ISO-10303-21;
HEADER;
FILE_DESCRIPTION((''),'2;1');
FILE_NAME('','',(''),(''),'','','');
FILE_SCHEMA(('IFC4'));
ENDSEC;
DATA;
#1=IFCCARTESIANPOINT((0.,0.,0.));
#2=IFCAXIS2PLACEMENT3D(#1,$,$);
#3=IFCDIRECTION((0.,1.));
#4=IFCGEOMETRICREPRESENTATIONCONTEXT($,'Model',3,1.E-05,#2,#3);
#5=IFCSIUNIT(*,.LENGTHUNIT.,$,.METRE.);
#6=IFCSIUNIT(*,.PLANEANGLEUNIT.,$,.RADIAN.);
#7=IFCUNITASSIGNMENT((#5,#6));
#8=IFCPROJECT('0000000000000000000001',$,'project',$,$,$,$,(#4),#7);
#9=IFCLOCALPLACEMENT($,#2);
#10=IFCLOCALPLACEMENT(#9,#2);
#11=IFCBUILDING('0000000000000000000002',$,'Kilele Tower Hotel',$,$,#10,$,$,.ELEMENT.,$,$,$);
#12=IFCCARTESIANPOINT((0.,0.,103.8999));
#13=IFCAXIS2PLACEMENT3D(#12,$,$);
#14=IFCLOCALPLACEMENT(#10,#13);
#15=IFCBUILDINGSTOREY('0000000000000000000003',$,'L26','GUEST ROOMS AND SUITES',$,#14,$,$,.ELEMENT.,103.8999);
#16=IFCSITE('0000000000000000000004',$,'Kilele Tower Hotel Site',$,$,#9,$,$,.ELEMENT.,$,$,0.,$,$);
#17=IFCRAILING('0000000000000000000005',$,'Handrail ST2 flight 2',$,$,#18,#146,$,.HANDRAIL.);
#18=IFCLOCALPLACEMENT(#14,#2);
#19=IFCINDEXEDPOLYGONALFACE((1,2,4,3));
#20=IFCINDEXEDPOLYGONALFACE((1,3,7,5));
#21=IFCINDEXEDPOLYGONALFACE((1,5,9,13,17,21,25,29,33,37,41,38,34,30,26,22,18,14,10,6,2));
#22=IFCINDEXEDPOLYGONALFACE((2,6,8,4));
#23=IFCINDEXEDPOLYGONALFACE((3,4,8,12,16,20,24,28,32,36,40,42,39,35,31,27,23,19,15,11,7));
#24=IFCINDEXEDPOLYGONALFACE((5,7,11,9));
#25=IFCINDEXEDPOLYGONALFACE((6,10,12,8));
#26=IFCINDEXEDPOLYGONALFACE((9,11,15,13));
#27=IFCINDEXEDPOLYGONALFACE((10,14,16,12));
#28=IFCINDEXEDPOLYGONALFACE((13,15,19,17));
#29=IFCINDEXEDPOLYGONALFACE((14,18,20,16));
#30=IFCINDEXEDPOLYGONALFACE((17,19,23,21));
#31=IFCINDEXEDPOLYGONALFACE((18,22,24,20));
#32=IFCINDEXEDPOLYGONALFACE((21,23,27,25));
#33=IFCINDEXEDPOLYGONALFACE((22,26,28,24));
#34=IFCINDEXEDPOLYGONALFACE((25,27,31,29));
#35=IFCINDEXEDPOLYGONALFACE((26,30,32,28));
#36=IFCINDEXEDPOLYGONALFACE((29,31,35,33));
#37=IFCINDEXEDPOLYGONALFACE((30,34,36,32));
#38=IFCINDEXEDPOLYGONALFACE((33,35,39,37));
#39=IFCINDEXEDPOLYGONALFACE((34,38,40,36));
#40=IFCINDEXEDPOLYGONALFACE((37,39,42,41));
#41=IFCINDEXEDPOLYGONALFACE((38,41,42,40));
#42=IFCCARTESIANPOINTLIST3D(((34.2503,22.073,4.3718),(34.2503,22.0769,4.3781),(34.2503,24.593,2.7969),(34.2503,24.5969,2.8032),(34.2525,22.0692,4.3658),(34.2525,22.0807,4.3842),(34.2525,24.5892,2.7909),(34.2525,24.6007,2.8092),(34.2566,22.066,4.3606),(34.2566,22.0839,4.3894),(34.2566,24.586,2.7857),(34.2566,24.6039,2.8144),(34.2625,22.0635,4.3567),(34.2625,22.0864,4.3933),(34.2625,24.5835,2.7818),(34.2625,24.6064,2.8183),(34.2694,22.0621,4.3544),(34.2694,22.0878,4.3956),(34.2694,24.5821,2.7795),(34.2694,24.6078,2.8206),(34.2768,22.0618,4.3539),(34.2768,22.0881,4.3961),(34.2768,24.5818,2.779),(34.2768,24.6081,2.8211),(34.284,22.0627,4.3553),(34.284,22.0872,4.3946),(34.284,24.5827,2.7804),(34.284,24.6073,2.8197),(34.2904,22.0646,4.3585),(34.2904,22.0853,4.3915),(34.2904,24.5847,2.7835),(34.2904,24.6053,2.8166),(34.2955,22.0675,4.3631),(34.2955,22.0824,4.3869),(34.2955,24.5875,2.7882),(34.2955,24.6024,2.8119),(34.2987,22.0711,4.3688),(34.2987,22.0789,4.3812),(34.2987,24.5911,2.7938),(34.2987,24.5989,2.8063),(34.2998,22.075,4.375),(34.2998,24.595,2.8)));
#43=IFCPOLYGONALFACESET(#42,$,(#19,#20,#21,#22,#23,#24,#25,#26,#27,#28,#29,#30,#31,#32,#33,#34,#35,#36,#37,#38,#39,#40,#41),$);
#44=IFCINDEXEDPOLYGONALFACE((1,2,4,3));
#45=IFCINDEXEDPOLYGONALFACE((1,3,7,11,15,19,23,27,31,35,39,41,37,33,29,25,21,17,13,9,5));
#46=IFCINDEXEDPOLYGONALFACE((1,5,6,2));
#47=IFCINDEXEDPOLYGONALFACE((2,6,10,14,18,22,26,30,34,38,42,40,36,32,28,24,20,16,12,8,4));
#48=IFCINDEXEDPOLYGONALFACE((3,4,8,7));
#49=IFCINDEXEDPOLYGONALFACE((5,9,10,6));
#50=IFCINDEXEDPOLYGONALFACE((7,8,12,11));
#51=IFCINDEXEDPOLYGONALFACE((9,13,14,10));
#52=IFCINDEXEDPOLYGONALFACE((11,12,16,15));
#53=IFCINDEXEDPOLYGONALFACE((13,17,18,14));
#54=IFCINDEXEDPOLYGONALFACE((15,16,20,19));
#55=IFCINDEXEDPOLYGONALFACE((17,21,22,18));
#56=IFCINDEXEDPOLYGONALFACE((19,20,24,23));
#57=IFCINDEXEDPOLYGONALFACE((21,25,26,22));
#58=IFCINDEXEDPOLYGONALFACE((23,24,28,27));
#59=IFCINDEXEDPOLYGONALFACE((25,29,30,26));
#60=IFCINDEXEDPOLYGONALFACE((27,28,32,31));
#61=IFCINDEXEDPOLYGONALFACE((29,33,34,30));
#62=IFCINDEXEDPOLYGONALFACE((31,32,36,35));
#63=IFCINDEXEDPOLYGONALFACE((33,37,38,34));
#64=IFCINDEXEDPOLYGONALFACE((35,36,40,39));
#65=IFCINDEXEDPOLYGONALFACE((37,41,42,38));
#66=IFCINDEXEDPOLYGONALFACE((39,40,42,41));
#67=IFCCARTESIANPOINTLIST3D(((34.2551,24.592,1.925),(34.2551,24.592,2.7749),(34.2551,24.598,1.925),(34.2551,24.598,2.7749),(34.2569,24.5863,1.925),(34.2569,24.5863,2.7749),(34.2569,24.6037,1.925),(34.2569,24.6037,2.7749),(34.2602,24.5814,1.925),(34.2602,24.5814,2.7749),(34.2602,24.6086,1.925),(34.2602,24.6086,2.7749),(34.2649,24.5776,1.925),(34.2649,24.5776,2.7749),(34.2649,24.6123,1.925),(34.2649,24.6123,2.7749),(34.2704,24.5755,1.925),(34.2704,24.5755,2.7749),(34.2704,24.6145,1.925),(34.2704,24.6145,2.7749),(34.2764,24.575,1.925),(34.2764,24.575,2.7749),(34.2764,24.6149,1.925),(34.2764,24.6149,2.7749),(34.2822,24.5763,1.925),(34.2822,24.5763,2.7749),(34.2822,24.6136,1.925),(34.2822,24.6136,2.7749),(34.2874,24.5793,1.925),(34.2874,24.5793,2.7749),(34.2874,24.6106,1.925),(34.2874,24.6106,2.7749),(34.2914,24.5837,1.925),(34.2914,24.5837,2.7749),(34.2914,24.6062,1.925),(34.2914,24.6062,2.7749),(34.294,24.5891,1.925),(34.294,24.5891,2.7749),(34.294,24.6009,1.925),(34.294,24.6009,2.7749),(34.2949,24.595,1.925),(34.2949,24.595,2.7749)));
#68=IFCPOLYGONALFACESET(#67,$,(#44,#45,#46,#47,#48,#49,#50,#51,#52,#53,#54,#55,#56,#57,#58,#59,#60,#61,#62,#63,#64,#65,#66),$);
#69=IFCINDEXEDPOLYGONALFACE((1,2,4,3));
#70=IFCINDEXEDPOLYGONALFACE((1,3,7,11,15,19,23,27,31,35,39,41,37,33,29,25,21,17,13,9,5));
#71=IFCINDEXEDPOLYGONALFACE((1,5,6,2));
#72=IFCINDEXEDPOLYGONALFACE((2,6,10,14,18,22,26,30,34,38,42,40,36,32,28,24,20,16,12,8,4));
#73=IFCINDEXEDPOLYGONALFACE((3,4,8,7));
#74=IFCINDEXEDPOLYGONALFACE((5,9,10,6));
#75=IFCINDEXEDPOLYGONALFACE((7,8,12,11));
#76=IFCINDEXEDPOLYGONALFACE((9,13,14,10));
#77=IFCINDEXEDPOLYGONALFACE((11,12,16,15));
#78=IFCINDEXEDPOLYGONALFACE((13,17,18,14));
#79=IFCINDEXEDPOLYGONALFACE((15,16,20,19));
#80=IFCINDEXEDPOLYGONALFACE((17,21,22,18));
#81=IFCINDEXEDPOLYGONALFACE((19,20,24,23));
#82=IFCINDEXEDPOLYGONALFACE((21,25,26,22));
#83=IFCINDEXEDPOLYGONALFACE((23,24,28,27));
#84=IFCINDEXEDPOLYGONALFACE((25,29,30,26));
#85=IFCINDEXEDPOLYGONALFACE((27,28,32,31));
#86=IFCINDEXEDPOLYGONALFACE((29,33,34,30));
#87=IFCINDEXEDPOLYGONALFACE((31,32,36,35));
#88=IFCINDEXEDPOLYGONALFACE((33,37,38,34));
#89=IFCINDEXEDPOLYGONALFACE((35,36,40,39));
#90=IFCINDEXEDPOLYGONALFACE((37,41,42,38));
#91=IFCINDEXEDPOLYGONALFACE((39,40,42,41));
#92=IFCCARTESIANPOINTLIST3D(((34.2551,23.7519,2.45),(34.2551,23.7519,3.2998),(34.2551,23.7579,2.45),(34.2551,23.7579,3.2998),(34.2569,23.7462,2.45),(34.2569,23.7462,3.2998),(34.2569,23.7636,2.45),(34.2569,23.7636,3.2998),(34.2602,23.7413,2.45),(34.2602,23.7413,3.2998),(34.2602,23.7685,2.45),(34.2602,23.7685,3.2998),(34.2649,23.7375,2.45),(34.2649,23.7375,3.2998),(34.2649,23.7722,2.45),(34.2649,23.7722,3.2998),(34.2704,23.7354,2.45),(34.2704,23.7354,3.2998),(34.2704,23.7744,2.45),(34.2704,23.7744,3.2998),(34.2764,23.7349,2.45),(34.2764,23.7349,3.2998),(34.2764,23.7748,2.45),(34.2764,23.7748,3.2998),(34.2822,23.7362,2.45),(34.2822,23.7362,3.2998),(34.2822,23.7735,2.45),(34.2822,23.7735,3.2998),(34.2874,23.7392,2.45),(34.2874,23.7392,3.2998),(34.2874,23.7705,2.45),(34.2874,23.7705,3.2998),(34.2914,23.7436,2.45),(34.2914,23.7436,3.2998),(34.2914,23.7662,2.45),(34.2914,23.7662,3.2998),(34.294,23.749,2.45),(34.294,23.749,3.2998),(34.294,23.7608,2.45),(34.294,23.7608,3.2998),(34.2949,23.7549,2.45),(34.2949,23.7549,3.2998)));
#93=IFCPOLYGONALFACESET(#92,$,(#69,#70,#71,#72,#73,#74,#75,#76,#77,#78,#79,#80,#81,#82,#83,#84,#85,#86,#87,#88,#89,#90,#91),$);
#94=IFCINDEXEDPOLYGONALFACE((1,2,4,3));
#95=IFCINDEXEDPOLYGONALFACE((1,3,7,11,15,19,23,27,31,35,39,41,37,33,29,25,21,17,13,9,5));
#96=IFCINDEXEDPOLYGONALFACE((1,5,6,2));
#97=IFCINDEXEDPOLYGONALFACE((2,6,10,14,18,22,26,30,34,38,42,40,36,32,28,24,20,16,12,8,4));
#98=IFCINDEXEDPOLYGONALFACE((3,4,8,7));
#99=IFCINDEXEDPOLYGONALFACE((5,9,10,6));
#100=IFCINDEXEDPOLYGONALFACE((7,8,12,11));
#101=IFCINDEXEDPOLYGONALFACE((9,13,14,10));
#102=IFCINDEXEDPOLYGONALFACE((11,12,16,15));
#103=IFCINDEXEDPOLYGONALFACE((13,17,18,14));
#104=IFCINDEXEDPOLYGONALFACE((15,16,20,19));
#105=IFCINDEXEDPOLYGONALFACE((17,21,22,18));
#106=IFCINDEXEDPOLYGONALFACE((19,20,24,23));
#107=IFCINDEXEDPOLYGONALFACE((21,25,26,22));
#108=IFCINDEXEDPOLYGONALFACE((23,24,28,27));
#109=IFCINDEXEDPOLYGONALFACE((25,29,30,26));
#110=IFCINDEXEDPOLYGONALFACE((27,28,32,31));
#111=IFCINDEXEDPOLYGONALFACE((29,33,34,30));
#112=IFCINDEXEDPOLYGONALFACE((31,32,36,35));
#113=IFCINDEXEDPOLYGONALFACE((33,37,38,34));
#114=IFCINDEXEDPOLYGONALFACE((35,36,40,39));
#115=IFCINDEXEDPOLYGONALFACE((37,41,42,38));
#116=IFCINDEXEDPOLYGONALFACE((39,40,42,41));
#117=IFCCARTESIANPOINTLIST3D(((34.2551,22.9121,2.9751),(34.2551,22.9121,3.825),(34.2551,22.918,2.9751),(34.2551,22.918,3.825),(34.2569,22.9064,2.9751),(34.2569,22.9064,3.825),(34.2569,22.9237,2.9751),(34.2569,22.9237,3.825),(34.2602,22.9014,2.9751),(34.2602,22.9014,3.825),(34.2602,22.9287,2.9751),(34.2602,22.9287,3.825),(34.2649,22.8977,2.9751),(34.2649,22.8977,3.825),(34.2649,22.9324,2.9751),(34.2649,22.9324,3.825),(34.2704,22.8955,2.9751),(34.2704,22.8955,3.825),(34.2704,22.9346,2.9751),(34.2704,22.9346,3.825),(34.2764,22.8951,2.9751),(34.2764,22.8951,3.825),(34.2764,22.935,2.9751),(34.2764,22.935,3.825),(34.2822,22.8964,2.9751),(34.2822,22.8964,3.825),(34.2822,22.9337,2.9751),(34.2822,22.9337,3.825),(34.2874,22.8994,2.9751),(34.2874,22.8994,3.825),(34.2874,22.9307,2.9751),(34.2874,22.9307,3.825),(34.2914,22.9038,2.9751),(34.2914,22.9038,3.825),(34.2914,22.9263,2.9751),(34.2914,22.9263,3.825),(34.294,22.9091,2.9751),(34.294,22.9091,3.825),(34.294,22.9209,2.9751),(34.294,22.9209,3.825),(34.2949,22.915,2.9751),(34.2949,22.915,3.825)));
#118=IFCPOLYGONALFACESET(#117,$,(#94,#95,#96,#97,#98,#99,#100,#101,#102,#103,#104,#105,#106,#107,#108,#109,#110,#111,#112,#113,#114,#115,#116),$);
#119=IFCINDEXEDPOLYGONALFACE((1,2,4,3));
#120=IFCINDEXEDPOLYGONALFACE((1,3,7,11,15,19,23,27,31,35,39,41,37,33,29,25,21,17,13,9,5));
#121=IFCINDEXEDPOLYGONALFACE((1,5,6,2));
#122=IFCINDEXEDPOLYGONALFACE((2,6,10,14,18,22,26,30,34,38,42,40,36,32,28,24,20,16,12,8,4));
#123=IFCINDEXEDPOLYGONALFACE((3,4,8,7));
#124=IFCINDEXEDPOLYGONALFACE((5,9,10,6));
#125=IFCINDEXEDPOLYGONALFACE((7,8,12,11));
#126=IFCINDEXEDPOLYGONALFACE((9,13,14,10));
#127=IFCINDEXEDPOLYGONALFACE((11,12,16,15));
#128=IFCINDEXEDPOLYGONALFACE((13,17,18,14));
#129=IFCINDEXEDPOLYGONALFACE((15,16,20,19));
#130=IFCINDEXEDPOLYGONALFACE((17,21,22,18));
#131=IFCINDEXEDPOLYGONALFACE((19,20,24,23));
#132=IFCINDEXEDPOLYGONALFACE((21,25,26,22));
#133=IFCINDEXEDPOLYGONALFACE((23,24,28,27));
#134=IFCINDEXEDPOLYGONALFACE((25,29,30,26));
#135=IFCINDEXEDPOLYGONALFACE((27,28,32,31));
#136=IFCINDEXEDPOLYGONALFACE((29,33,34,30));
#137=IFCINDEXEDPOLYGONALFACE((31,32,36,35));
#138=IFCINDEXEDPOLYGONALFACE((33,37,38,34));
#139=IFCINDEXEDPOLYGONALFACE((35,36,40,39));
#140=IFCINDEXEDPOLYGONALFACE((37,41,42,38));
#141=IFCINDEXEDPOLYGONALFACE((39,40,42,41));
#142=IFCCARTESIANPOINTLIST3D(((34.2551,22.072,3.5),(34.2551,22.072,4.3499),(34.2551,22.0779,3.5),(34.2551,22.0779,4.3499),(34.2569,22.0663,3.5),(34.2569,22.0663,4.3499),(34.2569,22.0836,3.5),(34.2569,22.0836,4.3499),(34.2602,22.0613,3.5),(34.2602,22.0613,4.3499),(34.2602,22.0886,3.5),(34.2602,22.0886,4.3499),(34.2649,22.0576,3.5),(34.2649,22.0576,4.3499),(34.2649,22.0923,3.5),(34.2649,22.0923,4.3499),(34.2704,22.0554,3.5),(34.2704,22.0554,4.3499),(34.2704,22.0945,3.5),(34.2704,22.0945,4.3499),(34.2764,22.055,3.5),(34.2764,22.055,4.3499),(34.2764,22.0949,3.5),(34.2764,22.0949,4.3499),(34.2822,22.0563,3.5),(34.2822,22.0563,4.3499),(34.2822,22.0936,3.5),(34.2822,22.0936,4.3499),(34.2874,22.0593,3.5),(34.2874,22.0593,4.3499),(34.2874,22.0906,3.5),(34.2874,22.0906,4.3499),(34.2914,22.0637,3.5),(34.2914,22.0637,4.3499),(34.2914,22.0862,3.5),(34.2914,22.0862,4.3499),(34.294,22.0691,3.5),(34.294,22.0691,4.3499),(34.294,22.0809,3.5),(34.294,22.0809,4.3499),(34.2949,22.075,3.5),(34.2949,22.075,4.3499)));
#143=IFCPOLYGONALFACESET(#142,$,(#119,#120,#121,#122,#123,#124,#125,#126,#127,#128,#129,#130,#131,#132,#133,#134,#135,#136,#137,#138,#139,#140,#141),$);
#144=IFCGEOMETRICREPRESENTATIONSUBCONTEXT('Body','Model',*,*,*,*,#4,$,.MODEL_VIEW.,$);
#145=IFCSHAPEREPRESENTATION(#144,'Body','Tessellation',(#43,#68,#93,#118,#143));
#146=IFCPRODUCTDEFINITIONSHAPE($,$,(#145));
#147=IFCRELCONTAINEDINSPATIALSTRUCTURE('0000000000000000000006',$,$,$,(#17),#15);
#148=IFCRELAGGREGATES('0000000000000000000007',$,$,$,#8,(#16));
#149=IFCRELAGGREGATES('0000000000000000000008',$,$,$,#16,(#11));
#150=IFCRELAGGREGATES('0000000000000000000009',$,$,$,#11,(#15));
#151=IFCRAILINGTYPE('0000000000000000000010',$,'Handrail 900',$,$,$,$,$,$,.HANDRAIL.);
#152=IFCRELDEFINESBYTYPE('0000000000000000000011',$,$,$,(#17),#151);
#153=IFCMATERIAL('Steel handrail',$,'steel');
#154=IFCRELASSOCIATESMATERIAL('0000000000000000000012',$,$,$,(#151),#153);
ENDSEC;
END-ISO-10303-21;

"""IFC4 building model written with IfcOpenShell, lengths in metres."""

from ifc_helpers import new_model, si_unit, direction, frame, origin, origin_2d, place, context, subcontext, project, spatial, circle, extrude, material, type_object, element, save


model = new_model("IFC4")

# Units and contexts
model_context = context("Model", 3, precision=1e-05, world=origin(), true_north=direction((0.0, 1.0)))
body_context = subcontext(model_context, "Body", "Model", "MODEL_VIEW")
ifc_project = project(units=[si_unit("LENGTHUNIT", "METRE"), si_unit("PLANEANGLEUNIT", "RADIAN")], contexts=[model_context])

# Site, building, storey
site_placement = place(None, origin())
site = spatial("IfcSite", under=ifc_project, at=site_placement, Name="Kilele Tower Hotel Site", CompositionType="ELEMENT", RefElevation=0.0)
building_placement = place(site_placement, origin())
building = spatial("IfcBuilding", under=site, at=building_placement, Name="Kilele Tower Hotel", CompositionType="ELEMENT")
storey_placement = place(building_placement, frame((0.0, 0.0, 103.8999)))
storey = spatial("IfcBuildingStorey", under=building, at=storey_placement, Name="L26", Description="GUEST ROOMS AND SUITES", CompositionType="ELEMENT", Elevation=103.8999)

# Railing
ifc_material_1 = material(Name="Steel handrail", Category="steel")
railing_type_1 = type_object("IfcRailingType", Name="Handrail 900", PredefinedType="HANDRAIL", material=ifc_material_1)
for number, where, name in (
    (1, (34.2749, 24.595, 1.925), "Handrail ST2 flight 2"),
):
    element("IfcRailing", number, at=place(storey_placement, frame(where)), inside=storey, type_object=railing_type_1, Name=name, PredefinedType="HANDRAIL", context=body_context, shape_type="SweptSolid", body=[
        extrude(circle(Radius=0.0249, at=origin_2d()), frame((0.0, 0.0, 0.875), z_axis=(0.0, -0.848008, 0.529984), x_axis=(1.0, 0.0, 0.0)), (0.0, 0.0, 1.0), 2.9717),
        extrude(circle(Radius=0.02, at=origin_2d()), origin(), (0.0, 0.0, 1.0), 0.8499),
        extrude(circle(Radius=0.02, at=origin_2d()), frame((0.0, -0.8401, 0.5249)), (0.0, 0.0, 1.0), 0.8499),
        extrude(circle(Radius=0.02, at=origin_2d()), frame((0.0, -1.6799, 1.05)), (0.0, 0.0, 1.0), 0.8499),
        extrude(circle(Radius=0.02, at=origin_2d()), frame((0.0, -2.52, 1.575)), (0.0, 0.0, 1.0), 0.8499),
    ])

save(model, "model.ifc")
